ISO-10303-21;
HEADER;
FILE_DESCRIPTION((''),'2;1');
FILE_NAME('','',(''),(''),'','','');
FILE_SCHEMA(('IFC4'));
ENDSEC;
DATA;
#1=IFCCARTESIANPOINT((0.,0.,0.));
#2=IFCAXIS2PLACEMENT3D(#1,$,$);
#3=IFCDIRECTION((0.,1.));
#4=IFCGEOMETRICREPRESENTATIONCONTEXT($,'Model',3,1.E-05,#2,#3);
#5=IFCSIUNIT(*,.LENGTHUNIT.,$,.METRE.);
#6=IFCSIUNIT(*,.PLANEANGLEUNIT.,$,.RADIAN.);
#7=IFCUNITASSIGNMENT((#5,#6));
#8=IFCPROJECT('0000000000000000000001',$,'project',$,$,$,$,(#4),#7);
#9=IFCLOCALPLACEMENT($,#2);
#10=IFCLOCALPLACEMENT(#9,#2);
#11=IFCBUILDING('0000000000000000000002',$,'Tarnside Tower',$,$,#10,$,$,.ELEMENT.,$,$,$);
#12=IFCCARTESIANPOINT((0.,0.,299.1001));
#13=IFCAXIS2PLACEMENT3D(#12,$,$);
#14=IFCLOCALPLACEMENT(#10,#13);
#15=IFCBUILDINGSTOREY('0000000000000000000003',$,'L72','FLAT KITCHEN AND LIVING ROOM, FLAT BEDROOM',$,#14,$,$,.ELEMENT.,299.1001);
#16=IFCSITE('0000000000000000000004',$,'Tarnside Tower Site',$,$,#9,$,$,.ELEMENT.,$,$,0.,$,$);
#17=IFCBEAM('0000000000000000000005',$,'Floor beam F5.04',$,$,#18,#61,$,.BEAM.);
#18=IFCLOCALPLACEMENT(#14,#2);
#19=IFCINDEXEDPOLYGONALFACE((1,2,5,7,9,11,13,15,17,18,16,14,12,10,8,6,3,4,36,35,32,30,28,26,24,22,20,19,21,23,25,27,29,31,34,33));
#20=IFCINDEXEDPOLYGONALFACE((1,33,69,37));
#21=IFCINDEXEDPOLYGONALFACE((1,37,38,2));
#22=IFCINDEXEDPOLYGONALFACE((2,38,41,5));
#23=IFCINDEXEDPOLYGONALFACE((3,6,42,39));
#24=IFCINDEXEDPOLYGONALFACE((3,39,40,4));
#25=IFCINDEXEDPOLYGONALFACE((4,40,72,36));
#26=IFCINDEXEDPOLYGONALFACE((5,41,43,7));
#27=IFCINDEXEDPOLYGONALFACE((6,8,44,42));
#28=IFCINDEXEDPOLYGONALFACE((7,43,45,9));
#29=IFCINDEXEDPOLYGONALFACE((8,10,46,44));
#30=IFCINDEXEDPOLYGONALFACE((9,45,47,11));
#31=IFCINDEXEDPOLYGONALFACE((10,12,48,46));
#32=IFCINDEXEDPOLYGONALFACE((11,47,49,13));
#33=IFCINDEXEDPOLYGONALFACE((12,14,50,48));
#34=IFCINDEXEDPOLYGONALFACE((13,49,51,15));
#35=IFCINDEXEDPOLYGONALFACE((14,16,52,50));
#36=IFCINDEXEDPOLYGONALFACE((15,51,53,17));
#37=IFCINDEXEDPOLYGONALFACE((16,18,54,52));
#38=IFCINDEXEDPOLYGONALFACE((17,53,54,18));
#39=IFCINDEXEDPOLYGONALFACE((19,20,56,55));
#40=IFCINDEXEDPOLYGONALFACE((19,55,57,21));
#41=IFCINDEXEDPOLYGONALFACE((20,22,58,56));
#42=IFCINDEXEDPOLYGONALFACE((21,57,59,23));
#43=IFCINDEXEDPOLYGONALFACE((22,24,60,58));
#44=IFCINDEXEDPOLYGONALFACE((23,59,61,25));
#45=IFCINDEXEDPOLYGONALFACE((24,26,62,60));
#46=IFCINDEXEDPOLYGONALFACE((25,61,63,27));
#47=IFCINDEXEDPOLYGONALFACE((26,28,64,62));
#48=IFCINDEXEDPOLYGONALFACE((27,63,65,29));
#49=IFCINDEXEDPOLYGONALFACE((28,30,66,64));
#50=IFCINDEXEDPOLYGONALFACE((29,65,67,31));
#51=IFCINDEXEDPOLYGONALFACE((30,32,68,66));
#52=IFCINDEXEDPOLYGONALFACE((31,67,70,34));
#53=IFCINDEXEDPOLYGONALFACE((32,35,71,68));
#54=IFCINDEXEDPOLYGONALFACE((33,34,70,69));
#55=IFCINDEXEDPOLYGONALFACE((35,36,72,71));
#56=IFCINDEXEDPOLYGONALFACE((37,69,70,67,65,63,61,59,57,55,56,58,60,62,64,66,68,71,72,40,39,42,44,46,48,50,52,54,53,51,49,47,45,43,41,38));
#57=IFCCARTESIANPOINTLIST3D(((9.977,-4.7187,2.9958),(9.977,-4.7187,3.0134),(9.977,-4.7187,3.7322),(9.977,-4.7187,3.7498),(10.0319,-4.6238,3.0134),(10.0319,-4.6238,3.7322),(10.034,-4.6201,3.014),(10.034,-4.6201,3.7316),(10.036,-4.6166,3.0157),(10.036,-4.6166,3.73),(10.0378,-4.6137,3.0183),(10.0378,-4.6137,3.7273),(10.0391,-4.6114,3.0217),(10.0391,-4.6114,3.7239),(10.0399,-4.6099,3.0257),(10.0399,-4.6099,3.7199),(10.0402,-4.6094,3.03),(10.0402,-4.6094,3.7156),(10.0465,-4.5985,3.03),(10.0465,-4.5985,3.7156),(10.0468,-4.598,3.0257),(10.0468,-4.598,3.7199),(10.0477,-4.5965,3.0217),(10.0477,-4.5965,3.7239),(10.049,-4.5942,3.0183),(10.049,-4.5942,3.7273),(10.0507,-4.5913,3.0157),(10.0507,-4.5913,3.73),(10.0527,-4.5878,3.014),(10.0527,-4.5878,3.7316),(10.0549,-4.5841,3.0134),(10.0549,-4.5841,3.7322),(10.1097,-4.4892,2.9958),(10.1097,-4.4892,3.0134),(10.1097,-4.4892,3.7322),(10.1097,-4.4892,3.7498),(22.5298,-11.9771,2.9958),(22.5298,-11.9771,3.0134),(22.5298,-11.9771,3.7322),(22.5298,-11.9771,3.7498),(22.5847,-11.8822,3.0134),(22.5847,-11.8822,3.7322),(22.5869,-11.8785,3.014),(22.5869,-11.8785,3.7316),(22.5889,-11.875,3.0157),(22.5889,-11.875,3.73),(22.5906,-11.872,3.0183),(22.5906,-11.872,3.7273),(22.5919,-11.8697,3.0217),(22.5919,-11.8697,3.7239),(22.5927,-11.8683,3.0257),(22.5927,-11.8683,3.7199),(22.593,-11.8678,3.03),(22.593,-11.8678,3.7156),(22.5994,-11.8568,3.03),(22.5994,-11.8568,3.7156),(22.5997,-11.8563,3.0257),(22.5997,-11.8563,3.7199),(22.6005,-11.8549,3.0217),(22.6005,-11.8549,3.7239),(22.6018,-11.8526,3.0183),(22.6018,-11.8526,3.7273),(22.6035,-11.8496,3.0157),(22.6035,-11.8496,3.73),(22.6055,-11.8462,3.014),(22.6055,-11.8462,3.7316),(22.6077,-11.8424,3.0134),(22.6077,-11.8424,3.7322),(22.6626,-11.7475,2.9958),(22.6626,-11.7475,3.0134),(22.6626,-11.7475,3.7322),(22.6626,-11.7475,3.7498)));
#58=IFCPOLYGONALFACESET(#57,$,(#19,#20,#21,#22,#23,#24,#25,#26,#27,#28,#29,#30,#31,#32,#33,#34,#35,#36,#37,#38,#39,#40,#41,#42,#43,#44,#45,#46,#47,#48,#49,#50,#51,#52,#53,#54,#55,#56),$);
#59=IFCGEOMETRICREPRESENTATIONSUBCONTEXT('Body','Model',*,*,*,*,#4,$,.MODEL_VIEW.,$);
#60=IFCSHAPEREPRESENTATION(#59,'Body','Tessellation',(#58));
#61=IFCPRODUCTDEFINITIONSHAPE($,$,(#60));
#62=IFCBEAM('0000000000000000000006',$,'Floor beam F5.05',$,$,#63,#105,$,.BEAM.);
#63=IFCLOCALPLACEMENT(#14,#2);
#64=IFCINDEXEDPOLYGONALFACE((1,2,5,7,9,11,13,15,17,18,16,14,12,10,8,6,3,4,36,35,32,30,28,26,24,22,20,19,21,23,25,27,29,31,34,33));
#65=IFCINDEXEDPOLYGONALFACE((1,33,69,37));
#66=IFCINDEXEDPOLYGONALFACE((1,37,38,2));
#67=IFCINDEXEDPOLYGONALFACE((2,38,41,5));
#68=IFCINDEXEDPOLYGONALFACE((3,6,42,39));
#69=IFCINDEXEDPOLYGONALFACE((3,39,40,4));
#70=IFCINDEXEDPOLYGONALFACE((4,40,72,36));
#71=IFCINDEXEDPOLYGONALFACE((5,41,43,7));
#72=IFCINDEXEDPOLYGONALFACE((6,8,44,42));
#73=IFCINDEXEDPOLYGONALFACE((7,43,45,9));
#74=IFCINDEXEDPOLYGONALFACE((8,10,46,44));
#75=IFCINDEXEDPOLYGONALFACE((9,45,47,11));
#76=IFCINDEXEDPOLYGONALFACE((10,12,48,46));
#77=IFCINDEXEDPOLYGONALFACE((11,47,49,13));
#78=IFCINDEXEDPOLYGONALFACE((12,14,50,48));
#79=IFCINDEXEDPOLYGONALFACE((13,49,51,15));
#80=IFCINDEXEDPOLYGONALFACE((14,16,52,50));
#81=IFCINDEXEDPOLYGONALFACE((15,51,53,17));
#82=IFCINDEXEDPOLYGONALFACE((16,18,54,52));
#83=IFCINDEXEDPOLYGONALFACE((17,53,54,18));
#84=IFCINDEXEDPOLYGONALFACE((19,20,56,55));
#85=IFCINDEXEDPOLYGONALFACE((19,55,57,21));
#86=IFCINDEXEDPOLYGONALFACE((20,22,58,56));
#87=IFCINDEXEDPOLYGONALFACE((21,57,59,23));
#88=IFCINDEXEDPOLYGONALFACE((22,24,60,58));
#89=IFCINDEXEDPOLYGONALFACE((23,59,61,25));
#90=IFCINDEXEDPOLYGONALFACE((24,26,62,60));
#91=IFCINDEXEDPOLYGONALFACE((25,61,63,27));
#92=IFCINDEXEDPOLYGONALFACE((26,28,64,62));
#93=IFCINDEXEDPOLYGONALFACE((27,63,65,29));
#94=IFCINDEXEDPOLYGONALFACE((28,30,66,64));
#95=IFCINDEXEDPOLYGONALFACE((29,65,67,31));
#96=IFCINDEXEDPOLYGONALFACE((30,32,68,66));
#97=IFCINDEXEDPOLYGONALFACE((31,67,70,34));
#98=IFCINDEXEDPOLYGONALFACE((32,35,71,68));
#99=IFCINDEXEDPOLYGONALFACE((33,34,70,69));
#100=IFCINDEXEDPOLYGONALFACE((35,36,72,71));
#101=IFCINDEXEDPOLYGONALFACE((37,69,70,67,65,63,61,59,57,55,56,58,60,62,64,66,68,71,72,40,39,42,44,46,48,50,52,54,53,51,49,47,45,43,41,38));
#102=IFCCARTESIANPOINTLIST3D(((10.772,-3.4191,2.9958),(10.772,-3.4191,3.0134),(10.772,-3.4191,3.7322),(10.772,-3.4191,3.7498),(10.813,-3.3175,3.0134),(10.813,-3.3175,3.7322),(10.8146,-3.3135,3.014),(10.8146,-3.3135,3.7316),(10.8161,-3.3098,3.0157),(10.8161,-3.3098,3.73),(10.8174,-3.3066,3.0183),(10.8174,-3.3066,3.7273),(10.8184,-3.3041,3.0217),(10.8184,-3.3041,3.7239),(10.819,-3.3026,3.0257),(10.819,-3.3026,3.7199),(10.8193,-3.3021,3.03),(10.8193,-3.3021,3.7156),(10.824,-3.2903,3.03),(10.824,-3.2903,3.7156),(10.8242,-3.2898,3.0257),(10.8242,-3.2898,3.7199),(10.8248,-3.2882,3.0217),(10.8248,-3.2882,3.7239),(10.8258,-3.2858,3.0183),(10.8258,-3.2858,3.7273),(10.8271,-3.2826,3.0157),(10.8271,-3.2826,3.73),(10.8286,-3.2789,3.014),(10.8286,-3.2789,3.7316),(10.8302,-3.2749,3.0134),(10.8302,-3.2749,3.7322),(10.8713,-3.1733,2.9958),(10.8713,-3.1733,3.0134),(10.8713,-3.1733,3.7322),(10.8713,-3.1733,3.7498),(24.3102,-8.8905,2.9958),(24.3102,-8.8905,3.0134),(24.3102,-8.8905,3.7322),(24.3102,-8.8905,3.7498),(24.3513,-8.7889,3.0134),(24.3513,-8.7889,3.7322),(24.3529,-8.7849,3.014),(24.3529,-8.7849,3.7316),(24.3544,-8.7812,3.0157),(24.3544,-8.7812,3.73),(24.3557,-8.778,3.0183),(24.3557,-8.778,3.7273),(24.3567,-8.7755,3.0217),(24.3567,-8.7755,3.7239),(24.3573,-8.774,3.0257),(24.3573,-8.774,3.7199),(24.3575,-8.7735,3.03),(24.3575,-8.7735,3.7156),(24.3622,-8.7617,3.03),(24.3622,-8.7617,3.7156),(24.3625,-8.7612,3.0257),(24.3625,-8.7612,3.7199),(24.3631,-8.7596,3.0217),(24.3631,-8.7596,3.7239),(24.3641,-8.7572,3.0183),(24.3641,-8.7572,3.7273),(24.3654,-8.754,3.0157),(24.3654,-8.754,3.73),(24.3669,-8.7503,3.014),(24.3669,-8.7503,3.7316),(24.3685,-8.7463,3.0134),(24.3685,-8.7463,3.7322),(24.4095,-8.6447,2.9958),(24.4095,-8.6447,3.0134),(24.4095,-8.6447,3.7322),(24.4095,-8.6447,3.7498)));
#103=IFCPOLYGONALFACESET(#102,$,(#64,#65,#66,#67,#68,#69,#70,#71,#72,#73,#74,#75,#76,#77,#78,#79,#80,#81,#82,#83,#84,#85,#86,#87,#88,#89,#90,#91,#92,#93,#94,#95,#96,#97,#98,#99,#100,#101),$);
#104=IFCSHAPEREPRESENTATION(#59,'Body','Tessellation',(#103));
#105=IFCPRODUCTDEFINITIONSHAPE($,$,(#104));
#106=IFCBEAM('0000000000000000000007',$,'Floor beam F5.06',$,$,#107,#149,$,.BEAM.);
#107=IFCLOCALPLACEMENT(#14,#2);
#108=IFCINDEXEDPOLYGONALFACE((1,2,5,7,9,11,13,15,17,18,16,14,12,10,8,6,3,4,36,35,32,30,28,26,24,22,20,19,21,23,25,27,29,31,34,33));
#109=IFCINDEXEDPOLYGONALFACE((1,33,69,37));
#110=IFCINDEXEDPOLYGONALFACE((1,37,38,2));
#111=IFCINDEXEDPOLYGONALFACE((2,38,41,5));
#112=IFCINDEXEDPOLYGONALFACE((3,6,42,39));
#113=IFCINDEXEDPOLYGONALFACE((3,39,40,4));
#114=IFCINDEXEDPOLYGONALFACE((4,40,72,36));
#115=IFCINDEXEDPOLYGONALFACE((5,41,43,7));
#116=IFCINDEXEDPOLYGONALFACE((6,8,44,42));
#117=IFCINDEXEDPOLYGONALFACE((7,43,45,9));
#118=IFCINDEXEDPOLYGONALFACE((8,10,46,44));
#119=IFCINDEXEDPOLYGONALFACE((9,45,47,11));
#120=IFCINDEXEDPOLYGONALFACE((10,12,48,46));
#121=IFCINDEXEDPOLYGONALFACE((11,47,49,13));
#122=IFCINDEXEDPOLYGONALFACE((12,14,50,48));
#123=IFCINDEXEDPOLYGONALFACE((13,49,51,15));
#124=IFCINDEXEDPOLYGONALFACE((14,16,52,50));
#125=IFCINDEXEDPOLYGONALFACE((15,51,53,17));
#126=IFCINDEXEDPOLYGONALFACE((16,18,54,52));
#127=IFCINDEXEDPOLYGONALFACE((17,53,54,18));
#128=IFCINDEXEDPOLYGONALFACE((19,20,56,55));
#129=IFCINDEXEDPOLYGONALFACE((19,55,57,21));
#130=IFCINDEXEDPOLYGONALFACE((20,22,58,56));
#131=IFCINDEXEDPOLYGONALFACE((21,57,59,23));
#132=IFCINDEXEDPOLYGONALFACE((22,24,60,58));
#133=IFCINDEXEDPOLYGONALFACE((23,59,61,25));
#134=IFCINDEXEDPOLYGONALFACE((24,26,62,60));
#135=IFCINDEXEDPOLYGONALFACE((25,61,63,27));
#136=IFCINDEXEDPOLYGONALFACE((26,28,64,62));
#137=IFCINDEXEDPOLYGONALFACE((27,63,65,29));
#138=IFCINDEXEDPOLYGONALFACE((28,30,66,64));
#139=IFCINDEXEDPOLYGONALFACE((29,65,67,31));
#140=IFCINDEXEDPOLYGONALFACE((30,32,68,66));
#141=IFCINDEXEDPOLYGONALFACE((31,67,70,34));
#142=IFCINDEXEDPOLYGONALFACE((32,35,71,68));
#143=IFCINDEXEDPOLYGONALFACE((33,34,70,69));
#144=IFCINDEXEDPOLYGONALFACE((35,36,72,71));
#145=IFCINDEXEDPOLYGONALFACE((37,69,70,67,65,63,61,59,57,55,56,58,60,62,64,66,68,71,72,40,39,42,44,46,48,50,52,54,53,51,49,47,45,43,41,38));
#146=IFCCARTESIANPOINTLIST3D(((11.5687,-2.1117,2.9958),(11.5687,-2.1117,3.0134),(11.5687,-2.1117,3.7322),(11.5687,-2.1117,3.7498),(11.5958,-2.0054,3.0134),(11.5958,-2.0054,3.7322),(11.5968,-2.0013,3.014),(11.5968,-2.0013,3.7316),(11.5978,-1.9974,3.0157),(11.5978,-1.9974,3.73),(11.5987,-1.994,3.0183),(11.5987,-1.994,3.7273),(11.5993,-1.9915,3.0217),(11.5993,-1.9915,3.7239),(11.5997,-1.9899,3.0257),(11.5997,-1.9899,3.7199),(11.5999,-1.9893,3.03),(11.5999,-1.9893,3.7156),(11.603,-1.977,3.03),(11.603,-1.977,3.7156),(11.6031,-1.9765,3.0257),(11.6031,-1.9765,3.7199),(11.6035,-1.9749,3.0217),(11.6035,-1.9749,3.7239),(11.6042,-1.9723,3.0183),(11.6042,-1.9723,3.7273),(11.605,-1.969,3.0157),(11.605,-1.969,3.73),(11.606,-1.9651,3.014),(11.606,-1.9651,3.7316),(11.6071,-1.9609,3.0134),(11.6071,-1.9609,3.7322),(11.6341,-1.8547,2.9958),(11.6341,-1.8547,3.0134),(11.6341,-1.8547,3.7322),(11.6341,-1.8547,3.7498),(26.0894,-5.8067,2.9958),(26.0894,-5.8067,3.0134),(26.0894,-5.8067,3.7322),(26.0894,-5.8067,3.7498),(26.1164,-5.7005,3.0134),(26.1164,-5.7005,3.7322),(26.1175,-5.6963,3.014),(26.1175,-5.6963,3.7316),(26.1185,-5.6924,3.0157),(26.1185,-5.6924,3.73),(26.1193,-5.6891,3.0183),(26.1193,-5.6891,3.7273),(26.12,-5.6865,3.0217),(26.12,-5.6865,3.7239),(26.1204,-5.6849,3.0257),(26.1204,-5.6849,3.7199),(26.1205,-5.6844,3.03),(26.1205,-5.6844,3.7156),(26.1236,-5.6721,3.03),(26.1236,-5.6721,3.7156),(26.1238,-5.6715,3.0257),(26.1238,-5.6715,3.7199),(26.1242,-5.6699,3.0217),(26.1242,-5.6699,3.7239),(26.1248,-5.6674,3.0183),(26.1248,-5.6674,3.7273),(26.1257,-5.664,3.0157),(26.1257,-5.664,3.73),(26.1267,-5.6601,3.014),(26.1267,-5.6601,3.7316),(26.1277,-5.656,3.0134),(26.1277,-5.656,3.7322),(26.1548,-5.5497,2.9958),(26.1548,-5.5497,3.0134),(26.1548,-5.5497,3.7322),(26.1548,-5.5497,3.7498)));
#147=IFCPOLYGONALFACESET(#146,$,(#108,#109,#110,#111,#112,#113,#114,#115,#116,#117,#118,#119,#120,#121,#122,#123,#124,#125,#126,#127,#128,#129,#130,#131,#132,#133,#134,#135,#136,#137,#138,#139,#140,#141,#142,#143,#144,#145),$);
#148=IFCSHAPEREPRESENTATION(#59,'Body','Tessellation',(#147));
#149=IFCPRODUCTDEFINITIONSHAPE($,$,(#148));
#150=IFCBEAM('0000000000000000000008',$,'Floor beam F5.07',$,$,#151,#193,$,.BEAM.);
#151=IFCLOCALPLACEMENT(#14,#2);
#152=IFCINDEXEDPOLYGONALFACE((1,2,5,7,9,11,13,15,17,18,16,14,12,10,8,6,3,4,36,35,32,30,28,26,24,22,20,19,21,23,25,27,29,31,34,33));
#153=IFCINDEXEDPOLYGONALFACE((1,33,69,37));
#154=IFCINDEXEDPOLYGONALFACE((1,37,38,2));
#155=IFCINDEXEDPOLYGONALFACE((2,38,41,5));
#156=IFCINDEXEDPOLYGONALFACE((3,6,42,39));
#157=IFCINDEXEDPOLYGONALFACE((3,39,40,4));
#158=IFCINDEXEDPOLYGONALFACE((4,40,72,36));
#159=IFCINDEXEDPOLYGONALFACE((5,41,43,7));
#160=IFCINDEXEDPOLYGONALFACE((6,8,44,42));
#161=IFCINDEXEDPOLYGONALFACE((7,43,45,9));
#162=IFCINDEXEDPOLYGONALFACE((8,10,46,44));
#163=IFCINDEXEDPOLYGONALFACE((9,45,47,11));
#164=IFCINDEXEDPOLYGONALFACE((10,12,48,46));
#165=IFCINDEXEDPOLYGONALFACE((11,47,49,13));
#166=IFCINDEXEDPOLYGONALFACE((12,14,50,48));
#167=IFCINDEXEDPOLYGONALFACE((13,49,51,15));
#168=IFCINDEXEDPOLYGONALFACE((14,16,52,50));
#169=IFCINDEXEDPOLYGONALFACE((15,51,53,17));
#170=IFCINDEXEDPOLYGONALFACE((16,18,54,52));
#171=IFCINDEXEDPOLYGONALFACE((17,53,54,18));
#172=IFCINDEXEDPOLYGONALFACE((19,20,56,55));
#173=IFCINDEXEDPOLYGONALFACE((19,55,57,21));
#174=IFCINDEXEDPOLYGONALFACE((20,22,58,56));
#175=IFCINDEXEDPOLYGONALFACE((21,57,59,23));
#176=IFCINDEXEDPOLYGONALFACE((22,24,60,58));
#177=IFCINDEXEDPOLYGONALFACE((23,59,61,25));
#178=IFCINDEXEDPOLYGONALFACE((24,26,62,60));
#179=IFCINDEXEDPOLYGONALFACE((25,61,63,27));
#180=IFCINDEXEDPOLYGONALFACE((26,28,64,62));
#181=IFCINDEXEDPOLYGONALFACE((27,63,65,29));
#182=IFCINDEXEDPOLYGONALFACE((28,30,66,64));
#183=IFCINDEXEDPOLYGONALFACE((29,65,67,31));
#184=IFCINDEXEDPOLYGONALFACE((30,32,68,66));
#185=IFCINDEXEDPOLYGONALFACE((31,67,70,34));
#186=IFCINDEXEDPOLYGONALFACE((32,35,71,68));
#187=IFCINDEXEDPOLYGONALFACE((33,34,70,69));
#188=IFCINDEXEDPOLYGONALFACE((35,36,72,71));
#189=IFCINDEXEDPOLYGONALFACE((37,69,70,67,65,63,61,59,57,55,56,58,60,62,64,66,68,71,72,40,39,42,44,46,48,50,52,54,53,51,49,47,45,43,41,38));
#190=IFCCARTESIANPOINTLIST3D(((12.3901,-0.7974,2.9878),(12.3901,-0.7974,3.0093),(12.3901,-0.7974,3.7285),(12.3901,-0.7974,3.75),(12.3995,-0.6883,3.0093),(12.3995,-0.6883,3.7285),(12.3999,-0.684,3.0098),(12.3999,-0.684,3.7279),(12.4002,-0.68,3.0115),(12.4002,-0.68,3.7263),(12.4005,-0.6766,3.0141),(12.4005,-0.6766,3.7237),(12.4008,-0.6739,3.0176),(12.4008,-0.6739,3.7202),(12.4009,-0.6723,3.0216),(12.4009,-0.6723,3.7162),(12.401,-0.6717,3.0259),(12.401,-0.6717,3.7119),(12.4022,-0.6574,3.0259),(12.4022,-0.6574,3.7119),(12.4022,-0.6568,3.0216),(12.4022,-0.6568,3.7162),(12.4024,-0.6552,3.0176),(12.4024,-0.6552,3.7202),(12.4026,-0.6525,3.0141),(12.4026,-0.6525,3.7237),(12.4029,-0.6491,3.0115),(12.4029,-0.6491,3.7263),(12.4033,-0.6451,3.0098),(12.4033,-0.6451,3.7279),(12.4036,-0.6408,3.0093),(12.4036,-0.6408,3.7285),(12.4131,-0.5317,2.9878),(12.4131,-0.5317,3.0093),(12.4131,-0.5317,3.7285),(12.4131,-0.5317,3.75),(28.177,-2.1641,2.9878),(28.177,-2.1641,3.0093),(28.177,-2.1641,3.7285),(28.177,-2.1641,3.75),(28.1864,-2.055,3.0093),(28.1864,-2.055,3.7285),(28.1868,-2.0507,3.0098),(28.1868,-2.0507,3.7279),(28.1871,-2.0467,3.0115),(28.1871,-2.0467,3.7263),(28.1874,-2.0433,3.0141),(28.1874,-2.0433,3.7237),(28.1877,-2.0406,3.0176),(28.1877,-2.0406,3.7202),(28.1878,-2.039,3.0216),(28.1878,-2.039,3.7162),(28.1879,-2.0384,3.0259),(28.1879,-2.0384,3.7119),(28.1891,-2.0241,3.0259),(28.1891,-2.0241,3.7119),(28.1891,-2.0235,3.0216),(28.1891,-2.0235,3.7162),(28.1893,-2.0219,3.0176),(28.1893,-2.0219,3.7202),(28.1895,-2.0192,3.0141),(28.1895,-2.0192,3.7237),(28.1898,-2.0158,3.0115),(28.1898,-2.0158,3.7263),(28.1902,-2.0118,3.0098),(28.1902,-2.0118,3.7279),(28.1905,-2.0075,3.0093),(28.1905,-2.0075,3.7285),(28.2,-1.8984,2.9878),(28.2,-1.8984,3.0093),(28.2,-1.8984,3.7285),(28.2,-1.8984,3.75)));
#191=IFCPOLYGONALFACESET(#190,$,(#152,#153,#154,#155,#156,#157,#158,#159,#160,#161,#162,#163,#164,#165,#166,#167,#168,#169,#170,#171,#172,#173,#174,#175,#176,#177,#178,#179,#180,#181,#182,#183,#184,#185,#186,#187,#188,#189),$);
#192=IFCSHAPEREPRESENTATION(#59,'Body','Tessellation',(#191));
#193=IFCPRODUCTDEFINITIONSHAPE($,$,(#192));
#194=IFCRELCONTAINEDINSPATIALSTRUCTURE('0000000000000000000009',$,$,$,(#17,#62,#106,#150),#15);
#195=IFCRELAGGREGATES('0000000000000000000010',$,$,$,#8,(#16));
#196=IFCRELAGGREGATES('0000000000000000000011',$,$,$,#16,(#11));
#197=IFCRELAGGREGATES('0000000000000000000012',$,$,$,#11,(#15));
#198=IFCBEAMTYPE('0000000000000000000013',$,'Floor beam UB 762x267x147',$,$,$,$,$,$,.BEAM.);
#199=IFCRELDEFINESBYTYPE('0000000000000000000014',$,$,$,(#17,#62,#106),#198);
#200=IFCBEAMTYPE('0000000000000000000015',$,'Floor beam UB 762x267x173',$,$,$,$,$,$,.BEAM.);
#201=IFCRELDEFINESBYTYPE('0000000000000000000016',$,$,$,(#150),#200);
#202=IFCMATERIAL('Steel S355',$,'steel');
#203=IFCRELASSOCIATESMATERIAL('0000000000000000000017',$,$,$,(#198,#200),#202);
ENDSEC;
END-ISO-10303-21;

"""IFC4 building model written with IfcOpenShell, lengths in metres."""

from ifc_helpers import new_model, si_unit, direction, frame, origin, origin_2d, place, context, subcontext, project, spatial, i_section, extrude, material, material_profile, profile_set, type_object, element, save


model = new_model("IFC4")

# Units and contexts
model_context = context("Model", 3, precision=1e-05, world=origin(), true_north=direction((0.0, 1.0)))
body_context = subcontext(model_context, "Body", "Model", "MODEL_VIEW")
ifc_project = project(units=[si_unit("LENGTHUNIT", "METRE"), si_unit("PLANEANGLEUNIT", "RADIAN")], contexts=[model_context])

# Site, building, storey
site_placement = place(None, origin())
site = spatial("IfcSite", under=ifc_project, at=site_placement, Name="Tarnside Tower Site", CompositionType="ELEMENT", RefElevation=0.0)
building_placement = place(site_placement, origin())
building = spatial("IfcBuilding", under=site, at=building_placement, Name="Tarnside Tower", CompositionType="ELEMENT")
storey_placement = place(building_placement, frame((0.0, 0.0, 299.1001)))
storey = spatial("IfcBuildingStorey", under=building, at=storey_placement, Name="L72", Description="FLAT KITCHEN AND LIVING ROOM, FLAT BEDROOM", CompositionType="ELEMENT", Elevation=299.1001)

# Beams
ifc_material_1 = material(Name="Steel S355", Category="steel")
ifc_material_profile_1 = material_profile(ifc_material_1, i_section(OverallWidth=0.2651, OverallDepth=0.7539, WebThickness=0.0127, FlangeThickness=0.0176, FilletRadius=0.0166, at=origin_2d()), Name="UB 762x267x147")
ifc_profile_set_1 = profile_set([ifc_material_profile_1], Name="Steel S355")
beam_type_1 = type_object("IfcBeamType", Name="Floor beam UB 762x267x147", PredefinedType="BEAM", material=ifc_profile_set_1)
beam_1_placement = place(storey_placement, frame((22.5962, -11.8623, 3.3728), z_axis=(-0.865697, 0.500568, 0.0), x_axis=(-0.500568, -0.865697, 0.0)))
element("IfcBeam", 1, at=beam_1_placement, inside=storey, type_object=beam_type_1, Name="Floor beam F5.04", PredefinedType="BEAM", context=body_context, shape_type="SweptSolid", body=[
    extrude(i_section(OverallWidth=0.2651, OverallDepth=0.7539, WebThickness=0.0127, FlangeThickness=0.0176, FilletRadius=0.0166, at=origin_2d()), origin(), (0.0, 0.0, 1.0), 14.5002),
])
beam_2_placement = place(storey_placement, frame((24.3599, -8.7676, 3.3728), z_axis=(-0.927146, 0.374701, 0.0), x_axis=(-0.374701, -0.927146, 0.0)))
element("IfcBeam", 2, at=beam_2_placement, inside=storey, type_object=beam_type_1, Name="Floor beam F5.05", PredefinedType="BEAM", context=body_context, shape_type="SweptSolid", body=[
    extrude(i_section(OverallWidth=0.2651, OverallDepth=0.7539, WebThickness=0.0127, FlangeThickness=0.0176, FilletRadius=0.0166, at=origin_2d()), origin(), (0.0, 0.0, 1.0), 14.6021),
])
beam_3_placement = place(storey_placement, frame((26.1221, -5.6782, 3.3728), z_axis=(-0.969115, 0.246609, 0.0), x_axis=(-0.246609, -0.969115, 0.0)))
element("IfcBeam", 3, at=beam_3_placement, inside=storey, type_object=beam_type_1, Name="Floor beam F5.06", PredefinedType="BEAM", context=body_context, shape_type="SweptSolid", body=[
    extrude(i_section(OverallWidth=0.2651, OverallDepth=0.7539, WebThickness=0.0127, FlangeThickness=0.0176, FilletRadius=0.0166, at=origin_2d()), origin(), (0.0, 0.0, 1.0), 14.9834),
])
ifc_material_profile_2 = material_profile(ifc_material_1, i_section(OverallWidth=0.2666, OverallDepth=0.7622, WebThickness=0.0144, FlangeThickness=0.0215, FilletRadius=0.0166, at=origin_2d()), Name="UB 762x267x173")
ifc_profile_set_2 = profile_set([ifc_material_profile_2], Name="Steel S355")
beam_type_2 = type_object("IfcBeamType", Name="Floor beam UB 762x267x173", PredefinedType="BEAM", material=ifc_profile_set_2)
beam_4_placement = place(storey_placement, frame((28.1885, -2.0312, 3.3689), z_axis=(-0.996274, 0.086249, 0.0), x_axis=(-0.086249, -0.996274, 0.0)))
element("IfcBeam", 4, at=beam_4_placement, inside=storey, type_object=beam_type_2, Name="Floor beam F5.07", PredefinedType="BEAM", context=body_context, shape_type="SweptSolid", body=[
    extrude(i_section(OverallWidth=0.2666, OverallDepth=0.7622, WebThickness=0.0144, FlangeThickness=0.0215, FilletRadius=0.0166, at=origin_2d()), origin(), (0.0, 0.0, 1.0), 15.8459),
])

save(model, "model.ifc")
